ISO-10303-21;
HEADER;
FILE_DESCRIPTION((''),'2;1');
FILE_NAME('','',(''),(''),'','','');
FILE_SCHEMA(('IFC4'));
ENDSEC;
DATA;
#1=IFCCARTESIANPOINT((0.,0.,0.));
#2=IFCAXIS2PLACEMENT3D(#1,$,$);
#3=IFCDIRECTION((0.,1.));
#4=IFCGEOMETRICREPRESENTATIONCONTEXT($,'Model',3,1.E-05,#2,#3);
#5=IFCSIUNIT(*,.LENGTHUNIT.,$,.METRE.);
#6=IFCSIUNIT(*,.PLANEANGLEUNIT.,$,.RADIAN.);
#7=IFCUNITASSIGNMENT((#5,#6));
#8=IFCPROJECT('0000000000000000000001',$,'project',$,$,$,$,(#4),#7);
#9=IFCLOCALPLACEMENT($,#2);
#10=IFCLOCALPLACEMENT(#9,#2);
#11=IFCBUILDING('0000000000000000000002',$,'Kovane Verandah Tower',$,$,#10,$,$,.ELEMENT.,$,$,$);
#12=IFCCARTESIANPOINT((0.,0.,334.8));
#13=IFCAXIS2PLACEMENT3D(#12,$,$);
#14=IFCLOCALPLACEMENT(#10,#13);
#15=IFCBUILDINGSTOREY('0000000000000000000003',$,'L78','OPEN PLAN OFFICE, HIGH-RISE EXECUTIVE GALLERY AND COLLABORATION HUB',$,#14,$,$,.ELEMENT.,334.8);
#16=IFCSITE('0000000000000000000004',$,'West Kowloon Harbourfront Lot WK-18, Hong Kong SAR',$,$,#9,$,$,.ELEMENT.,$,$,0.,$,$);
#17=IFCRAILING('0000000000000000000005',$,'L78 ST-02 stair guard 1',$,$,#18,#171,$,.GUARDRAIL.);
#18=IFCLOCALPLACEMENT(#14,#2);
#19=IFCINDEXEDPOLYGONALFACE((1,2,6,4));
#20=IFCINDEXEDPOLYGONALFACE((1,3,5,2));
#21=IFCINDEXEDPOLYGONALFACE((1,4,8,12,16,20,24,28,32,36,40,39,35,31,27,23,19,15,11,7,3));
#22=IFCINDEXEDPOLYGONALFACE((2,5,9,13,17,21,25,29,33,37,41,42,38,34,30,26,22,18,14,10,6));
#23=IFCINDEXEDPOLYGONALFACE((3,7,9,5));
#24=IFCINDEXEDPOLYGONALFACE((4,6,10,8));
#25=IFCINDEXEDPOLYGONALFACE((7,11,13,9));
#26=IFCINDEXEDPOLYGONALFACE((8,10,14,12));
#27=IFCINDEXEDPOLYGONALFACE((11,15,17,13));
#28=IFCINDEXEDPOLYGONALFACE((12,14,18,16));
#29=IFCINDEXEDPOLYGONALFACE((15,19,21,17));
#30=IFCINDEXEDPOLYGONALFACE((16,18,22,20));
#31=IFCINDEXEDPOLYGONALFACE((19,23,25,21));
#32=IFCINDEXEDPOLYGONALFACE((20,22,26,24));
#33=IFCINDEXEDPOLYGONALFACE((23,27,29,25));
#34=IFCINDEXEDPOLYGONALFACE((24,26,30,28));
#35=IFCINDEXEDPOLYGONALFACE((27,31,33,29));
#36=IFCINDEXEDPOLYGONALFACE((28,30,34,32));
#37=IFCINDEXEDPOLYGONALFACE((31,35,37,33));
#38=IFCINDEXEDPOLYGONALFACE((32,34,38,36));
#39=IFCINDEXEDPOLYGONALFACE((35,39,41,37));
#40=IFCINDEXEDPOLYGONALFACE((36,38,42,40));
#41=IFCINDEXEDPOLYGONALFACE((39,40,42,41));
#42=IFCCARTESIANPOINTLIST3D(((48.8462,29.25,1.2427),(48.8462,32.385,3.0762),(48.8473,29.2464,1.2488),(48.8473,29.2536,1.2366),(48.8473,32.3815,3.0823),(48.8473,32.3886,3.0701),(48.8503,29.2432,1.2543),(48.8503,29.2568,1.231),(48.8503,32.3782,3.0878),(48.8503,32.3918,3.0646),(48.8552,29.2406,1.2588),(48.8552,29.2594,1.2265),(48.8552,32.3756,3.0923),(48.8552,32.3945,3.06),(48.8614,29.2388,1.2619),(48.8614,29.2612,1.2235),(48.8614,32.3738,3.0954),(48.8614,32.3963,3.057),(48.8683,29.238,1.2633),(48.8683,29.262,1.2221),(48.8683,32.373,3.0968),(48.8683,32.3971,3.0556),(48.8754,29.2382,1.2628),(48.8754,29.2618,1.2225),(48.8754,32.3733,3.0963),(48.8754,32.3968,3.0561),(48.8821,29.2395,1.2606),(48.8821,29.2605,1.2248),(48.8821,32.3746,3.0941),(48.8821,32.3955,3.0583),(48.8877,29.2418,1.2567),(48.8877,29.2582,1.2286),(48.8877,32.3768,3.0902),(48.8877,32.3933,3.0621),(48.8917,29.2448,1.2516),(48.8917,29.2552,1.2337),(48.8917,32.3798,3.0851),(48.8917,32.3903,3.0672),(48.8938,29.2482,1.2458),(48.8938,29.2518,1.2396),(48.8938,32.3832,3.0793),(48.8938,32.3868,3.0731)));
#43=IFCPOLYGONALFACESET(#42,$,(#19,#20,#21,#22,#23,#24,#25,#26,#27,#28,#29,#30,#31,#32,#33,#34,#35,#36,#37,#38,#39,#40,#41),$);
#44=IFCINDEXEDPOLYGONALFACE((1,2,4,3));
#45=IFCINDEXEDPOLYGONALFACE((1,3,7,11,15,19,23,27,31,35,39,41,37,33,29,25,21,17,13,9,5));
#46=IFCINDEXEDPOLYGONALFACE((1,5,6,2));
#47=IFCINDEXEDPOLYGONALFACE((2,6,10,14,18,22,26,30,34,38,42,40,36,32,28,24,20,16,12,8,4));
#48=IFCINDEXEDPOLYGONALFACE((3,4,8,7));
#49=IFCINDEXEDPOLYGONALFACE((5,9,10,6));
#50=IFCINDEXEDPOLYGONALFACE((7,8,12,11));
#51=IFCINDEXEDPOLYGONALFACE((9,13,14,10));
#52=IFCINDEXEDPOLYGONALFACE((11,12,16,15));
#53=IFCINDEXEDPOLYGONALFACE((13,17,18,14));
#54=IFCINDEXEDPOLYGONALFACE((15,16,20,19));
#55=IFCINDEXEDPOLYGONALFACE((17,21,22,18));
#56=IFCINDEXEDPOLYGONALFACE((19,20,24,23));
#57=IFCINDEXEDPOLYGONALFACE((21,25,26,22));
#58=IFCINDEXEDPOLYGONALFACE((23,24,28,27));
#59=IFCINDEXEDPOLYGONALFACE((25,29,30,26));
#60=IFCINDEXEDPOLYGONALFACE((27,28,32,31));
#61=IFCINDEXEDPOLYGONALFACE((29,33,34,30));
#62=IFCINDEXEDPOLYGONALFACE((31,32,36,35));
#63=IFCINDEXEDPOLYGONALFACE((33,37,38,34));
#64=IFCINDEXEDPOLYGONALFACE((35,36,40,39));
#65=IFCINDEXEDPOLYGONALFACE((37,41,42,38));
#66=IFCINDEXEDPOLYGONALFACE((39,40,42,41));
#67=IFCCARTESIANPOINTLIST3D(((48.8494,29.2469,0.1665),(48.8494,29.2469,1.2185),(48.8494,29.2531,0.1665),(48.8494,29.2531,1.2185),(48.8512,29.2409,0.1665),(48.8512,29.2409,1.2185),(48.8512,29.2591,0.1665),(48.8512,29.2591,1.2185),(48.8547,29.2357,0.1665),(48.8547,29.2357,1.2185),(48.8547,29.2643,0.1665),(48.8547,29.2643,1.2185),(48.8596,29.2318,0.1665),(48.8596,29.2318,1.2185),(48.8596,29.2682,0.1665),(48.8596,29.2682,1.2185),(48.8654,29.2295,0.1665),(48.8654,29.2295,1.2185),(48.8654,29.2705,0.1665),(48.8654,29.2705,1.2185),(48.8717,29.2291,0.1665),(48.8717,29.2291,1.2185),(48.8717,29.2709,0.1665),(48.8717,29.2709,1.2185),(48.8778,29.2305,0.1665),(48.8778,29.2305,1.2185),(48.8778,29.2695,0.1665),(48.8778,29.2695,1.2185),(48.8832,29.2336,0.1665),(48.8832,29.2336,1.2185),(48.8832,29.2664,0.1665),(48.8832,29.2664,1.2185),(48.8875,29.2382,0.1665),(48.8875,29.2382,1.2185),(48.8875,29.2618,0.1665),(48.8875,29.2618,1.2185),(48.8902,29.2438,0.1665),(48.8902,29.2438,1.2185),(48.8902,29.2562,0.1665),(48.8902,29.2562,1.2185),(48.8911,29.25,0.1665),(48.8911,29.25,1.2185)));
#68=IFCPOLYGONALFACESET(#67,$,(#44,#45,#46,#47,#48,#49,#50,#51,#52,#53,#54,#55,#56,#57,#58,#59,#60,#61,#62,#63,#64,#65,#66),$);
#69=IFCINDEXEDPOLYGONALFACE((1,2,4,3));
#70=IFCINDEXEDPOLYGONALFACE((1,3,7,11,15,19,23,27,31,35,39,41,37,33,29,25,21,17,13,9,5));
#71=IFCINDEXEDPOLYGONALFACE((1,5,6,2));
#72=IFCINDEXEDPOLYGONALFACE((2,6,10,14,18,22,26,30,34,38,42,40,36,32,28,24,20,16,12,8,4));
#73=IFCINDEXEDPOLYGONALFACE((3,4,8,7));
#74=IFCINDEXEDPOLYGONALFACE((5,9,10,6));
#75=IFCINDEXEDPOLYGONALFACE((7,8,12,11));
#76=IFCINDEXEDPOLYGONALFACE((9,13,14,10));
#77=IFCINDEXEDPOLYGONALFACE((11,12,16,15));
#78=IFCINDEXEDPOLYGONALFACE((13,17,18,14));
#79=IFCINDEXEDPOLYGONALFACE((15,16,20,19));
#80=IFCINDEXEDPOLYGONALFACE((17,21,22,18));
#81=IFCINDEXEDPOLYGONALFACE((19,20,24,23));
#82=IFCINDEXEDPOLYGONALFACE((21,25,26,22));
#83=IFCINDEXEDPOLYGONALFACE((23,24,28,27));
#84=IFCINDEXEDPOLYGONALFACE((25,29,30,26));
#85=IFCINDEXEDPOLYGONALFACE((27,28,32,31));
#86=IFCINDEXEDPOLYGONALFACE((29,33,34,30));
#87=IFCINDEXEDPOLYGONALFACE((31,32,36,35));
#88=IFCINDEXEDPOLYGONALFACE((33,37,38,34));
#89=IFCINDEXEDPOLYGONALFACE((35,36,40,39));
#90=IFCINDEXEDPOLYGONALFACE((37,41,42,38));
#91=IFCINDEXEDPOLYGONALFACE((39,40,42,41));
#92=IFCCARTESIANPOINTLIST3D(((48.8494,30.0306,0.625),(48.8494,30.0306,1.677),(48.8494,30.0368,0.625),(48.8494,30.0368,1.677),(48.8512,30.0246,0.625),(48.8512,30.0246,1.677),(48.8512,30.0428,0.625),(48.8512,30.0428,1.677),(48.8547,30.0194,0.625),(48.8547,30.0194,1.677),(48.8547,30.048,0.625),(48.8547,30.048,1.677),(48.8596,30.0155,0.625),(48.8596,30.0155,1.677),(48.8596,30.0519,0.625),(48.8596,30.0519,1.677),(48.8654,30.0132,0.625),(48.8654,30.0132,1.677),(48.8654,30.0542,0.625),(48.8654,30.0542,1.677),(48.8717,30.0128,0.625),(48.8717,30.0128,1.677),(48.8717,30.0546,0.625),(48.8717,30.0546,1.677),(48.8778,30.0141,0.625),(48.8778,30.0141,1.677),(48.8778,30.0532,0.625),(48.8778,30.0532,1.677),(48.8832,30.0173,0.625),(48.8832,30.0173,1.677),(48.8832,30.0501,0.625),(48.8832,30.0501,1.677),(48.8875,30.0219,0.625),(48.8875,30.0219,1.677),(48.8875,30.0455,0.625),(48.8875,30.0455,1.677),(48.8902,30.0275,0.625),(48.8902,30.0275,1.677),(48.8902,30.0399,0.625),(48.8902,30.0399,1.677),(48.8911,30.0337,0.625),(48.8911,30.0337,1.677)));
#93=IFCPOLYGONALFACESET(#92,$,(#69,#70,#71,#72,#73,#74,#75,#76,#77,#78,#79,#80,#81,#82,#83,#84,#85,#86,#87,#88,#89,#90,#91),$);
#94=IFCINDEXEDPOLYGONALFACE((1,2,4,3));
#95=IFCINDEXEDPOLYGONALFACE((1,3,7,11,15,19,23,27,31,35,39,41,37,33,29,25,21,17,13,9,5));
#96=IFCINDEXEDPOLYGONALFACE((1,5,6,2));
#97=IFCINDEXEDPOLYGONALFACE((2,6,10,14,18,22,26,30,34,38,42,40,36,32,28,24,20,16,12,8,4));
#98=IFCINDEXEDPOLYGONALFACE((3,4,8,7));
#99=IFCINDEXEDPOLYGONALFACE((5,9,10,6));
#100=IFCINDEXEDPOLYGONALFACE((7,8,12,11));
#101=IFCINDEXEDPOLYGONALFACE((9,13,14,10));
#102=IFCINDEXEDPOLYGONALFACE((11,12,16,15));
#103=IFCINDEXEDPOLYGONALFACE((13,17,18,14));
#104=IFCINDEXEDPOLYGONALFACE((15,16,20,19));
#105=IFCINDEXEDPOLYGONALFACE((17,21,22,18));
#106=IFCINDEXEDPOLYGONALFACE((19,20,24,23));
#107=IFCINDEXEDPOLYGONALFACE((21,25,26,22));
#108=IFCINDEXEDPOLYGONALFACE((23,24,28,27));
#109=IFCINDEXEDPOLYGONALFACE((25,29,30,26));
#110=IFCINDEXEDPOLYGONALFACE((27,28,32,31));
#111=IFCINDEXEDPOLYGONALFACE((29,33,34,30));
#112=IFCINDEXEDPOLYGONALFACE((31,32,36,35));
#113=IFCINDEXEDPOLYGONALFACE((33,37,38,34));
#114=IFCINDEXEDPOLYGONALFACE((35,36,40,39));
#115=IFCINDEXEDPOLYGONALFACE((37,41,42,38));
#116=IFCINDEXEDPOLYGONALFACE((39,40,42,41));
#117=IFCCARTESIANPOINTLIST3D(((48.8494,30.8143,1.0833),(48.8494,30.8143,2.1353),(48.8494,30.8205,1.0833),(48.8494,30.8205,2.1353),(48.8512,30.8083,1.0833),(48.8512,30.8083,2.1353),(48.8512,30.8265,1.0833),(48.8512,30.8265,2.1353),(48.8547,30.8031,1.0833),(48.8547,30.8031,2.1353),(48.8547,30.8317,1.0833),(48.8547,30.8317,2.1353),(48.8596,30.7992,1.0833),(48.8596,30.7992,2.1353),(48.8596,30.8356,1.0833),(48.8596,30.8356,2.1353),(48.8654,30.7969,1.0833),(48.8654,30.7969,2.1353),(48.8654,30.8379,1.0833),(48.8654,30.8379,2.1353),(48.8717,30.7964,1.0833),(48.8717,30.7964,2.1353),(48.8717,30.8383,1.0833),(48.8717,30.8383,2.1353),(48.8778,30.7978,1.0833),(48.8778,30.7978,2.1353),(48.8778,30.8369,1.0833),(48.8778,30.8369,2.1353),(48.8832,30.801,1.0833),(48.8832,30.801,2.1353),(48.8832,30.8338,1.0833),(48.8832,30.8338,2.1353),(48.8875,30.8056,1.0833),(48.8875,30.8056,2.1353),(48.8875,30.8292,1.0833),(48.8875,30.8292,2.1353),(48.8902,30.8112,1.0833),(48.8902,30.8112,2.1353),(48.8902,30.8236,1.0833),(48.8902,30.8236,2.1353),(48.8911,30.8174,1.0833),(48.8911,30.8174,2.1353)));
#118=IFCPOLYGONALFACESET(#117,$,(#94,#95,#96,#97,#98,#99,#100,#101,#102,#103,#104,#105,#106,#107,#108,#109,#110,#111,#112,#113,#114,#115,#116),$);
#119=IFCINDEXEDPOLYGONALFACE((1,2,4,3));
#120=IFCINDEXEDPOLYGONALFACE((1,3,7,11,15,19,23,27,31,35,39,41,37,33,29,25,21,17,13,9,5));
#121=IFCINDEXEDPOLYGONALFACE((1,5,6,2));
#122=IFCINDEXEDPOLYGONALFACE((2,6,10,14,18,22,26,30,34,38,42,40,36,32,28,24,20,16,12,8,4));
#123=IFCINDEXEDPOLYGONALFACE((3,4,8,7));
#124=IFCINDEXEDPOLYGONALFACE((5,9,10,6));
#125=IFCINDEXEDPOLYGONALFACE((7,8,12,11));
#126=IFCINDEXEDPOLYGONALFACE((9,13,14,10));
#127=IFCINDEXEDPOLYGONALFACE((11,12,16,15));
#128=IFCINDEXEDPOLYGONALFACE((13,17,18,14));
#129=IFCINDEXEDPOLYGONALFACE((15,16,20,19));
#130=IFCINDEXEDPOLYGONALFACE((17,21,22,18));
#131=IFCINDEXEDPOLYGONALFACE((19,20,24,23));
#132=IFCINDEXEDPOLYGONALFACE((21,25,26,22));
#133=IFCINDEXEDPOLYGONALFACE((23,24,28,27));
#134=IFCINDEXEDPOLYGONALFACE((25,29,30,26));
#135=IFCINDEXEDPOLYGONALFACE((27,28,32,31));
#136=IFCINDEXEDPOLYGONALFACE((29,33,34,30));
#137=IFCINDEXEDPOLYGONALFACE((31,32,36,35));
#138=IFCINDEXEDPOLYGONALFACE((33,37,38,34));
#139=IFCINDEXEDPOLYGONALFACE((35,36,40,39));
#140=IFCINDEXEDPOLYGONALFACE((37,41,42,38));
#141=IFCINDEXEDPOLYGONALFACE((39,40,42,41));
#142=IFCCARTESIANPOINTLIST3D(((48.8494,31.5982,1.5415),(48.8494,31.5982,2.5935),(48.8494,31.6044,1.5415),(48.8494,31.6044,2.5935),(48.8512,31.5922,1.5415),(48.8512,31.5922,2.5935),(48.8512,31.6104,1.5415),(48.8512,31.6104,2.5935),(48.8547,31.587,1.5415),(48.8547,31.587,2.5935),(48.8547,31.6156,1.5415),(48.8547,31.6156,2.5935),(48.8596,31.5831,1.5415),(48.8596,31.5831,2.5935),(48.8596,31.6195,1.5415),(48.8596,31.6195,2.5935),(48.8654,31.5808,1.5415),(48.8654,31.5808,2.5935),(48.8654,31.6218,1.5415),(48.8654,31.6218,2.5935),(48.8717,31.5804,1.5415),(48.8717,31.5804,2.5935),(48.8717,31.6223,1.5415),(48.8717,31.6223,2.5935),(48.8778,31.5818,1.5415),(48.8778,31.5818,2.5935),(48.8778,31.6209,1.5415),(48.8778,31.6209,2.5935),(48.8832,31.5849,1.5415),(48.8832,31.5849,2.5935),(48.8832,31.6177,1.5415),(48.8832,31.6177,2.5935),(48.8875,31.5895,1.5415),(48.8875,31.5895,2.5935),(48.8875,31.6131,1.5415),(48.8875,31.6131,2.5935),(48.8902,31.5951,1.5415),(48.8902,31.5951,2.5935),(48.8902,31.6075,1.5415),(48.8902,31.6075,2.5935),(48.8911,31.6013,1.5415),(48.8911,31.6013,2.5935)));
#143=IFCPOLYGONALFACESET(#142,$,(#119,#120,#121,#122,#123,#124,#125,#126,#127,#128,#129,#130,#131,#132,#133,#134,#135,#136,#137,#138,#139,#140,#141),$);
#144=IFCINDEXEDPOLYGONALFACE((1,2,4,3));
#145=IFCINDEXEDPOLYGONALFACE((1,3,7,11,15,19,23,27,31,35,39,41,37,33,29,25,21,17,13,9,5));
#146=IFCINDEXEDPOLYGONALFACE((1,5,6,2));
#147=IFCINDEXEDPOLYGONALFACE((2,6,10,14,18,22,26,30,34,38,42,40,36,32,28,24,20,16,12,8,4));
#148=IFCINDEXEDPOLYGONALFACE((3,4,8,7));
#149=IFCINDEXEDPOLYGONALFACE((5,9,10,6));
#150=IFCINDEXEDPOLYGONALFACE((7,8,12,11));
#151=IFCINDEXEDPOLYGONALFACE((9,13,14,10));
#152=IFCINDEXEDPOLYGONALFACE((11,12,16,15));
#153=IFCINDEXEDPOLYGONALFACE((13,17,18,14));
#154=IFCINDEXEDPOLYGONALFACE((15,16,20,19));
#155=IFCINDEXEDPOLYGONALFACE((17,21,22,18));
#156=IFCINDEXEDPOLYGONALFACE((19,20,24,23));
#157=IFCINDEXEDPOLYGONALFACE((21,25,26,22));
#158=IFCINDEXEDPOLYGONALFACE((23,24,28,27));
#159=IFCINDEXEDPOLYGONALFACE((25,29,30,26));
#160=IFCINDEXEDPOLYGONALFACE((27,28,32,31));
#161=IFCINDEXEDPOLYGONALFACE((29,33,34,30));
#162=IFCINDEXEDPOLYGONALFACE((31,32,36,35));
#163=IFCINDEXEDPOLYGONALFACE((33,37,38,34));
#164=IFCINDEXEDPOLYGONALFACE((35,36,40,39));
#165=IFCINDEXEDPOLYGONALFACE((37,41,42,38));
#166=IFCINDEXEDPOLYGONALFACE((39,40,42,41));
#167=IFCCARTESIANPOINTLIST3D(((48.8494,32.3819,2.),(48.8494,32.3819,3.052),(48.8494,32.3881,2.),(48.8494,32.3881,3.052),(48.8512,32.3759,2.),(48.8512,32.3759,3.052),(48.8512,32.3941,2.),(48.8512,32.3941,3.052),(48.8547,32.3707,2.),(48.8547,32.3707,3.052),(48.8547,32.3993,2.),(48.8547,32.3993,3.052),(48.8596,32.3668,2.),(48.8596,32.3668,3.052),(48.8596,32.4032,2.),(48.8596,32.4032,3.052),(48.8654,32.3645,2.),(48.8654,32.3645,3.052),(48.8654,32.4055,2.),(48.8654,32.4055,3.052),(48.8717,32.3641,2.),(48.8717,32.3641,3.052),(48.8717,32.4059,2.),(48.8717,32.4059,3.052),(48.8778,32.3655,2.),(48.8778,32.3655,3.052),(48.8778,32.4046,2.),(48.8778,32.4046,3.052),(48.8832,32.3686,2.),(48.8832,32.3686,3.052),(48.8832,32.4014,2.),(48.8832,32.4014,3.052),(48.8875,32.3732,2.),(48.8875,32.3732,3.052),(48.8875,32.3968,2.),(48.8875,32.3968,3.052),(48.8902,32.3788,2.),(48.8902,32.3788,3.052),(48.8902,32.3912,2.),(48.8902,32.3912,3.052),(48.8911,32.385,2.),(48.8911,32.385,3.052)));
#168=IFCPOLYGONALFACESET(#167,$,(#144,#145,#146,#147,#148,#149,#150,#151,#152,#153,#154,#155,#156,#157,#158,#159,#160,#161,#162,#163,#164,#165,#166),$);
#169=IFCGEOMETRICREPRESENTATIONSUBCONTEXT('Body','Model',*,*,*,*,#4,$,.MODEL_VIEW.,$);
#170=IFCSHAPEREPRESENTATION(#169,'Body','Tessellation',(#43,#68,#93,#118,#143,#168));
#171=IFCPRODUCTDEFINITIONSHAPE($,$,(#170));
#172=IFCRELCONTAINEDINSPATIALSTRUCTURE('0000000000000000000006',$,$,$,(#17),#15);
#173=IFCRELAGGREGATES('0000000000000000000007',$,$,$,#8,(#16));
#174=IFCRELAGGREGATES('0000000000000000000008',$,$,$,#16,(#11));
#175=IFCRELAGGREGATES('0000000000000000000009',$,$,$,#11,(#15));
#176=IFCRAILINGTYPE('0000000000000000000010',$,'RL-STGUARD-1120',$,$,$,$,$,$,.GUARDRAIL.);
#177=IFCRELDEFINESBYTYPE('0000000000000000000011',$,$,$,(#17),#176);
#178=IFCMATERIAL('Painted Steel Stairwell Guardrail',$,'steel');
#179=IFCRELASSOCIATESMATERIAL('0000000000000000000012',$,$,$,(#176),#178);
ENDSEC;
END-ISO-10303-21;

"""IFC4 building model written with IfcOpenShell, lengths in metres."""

from ifc_helpers import new_model, si_unit, direction, frame, origin, origin_2d, place, context, subcontext, project, spatial, circle, extrude, material, type_object, element, save


model = new_model("IFC4")

# Units and contexts
model_context = context("Model", 3, precision=1e-05, world=origin(), true_north=direction((0.0, 1.0)))
body_context = subcontext(model_context, "Body", "Model", "MODEL_VIEW")
ifc_project = project(units=[si_unit("LENGTHUNIT", "METRE"), si_unit("PLANEANGLEUNIT", "RADIAN")], contexts=[model_context])

# Site, building, storey
site_placement = place(None, origin())
site = spatial("IfcSite", under=ifc_project, at=site_placement, Name="West Kowloon Harbourfront Lot WK-18, Hong Kong SAR", CompositionType="ELEMENT", RefElevation=0.0)
building_placement = place(site_placement, origin())
building = spatial("IfcBuilding", under=site, at=building_placement, Name="Kovane Verandah Tower", CompositionType="ELEMENT")
storey_placement = place(building_placement, frame((0.0, 0.0, 334.8)))
storey = spatial("IfcBuildingStorey", under=building, at=storey_placement, Name="L78", Description="OPEN PLAN OFFICE, HIGH-RISE EXECUTIVE GALLERY AND COLLABORATION HUB", CompositionType="ELEMENT", Elevation=334.8)

# Railing
ifc_material_1 = material(Name="Painted Steel Stairwell Guardrail", Category="steel")
railing_type_1 = type_object("IfcRailingType", Name="RL-STGUARD-1120", PredefinedType="GUARDRAIL", material=ifc_material_1)
railing_1_placement = place(storey_placement, frame((48.8701, 29.25, 0.1665)))
element("IfcRailing", 1, at=railing_1_placement, inside=storey, type_object=railing_type_1, Name="L78 ST-02 stair guard 1", PredefinedType="GUARDRAIL", context=body_context, shape_type="SweptSolid", body=[
    extrude(circle(Radius=0.0239, at=origin_2d()), frame((0.0, 0.0, 1.0762), z_axis=(0.0, 0.86321, 0.504845), x_axis=(-1.0, 0.0, 0.0)), (0.0, 0.0, 1.0), 3.6318),
    extrude(circle(Radius=0.021, at=origin_2d()), origin(), (0.0, 0.0, 1.0), 1.052),
    extrude(circle(Radius=0.021, at=origin_2d()), frame((0.0, 0.7837, 0.4585)), (0.0, 0.0, 1.0), 1.052),
    extrude(circle(Radius=0.021, at=origin_2d()), frame((0.0, 1.5674, 0.9167)), (0.0, 0.0, 1.0), 1.052),
    extrude(circle(Radius=0.021, at=origin_2d()), frame((0.0, 2.3513, 1.375)), (0.0, 0.0, 1.0), 1.052),
    extrude(circle(Radius=0.021, at=origin_2d()), frame((0.0, 3.135, 1.8335)), (0.0, 0.0, 1.0), 1.052),
])

save(model, "model.ifc")
